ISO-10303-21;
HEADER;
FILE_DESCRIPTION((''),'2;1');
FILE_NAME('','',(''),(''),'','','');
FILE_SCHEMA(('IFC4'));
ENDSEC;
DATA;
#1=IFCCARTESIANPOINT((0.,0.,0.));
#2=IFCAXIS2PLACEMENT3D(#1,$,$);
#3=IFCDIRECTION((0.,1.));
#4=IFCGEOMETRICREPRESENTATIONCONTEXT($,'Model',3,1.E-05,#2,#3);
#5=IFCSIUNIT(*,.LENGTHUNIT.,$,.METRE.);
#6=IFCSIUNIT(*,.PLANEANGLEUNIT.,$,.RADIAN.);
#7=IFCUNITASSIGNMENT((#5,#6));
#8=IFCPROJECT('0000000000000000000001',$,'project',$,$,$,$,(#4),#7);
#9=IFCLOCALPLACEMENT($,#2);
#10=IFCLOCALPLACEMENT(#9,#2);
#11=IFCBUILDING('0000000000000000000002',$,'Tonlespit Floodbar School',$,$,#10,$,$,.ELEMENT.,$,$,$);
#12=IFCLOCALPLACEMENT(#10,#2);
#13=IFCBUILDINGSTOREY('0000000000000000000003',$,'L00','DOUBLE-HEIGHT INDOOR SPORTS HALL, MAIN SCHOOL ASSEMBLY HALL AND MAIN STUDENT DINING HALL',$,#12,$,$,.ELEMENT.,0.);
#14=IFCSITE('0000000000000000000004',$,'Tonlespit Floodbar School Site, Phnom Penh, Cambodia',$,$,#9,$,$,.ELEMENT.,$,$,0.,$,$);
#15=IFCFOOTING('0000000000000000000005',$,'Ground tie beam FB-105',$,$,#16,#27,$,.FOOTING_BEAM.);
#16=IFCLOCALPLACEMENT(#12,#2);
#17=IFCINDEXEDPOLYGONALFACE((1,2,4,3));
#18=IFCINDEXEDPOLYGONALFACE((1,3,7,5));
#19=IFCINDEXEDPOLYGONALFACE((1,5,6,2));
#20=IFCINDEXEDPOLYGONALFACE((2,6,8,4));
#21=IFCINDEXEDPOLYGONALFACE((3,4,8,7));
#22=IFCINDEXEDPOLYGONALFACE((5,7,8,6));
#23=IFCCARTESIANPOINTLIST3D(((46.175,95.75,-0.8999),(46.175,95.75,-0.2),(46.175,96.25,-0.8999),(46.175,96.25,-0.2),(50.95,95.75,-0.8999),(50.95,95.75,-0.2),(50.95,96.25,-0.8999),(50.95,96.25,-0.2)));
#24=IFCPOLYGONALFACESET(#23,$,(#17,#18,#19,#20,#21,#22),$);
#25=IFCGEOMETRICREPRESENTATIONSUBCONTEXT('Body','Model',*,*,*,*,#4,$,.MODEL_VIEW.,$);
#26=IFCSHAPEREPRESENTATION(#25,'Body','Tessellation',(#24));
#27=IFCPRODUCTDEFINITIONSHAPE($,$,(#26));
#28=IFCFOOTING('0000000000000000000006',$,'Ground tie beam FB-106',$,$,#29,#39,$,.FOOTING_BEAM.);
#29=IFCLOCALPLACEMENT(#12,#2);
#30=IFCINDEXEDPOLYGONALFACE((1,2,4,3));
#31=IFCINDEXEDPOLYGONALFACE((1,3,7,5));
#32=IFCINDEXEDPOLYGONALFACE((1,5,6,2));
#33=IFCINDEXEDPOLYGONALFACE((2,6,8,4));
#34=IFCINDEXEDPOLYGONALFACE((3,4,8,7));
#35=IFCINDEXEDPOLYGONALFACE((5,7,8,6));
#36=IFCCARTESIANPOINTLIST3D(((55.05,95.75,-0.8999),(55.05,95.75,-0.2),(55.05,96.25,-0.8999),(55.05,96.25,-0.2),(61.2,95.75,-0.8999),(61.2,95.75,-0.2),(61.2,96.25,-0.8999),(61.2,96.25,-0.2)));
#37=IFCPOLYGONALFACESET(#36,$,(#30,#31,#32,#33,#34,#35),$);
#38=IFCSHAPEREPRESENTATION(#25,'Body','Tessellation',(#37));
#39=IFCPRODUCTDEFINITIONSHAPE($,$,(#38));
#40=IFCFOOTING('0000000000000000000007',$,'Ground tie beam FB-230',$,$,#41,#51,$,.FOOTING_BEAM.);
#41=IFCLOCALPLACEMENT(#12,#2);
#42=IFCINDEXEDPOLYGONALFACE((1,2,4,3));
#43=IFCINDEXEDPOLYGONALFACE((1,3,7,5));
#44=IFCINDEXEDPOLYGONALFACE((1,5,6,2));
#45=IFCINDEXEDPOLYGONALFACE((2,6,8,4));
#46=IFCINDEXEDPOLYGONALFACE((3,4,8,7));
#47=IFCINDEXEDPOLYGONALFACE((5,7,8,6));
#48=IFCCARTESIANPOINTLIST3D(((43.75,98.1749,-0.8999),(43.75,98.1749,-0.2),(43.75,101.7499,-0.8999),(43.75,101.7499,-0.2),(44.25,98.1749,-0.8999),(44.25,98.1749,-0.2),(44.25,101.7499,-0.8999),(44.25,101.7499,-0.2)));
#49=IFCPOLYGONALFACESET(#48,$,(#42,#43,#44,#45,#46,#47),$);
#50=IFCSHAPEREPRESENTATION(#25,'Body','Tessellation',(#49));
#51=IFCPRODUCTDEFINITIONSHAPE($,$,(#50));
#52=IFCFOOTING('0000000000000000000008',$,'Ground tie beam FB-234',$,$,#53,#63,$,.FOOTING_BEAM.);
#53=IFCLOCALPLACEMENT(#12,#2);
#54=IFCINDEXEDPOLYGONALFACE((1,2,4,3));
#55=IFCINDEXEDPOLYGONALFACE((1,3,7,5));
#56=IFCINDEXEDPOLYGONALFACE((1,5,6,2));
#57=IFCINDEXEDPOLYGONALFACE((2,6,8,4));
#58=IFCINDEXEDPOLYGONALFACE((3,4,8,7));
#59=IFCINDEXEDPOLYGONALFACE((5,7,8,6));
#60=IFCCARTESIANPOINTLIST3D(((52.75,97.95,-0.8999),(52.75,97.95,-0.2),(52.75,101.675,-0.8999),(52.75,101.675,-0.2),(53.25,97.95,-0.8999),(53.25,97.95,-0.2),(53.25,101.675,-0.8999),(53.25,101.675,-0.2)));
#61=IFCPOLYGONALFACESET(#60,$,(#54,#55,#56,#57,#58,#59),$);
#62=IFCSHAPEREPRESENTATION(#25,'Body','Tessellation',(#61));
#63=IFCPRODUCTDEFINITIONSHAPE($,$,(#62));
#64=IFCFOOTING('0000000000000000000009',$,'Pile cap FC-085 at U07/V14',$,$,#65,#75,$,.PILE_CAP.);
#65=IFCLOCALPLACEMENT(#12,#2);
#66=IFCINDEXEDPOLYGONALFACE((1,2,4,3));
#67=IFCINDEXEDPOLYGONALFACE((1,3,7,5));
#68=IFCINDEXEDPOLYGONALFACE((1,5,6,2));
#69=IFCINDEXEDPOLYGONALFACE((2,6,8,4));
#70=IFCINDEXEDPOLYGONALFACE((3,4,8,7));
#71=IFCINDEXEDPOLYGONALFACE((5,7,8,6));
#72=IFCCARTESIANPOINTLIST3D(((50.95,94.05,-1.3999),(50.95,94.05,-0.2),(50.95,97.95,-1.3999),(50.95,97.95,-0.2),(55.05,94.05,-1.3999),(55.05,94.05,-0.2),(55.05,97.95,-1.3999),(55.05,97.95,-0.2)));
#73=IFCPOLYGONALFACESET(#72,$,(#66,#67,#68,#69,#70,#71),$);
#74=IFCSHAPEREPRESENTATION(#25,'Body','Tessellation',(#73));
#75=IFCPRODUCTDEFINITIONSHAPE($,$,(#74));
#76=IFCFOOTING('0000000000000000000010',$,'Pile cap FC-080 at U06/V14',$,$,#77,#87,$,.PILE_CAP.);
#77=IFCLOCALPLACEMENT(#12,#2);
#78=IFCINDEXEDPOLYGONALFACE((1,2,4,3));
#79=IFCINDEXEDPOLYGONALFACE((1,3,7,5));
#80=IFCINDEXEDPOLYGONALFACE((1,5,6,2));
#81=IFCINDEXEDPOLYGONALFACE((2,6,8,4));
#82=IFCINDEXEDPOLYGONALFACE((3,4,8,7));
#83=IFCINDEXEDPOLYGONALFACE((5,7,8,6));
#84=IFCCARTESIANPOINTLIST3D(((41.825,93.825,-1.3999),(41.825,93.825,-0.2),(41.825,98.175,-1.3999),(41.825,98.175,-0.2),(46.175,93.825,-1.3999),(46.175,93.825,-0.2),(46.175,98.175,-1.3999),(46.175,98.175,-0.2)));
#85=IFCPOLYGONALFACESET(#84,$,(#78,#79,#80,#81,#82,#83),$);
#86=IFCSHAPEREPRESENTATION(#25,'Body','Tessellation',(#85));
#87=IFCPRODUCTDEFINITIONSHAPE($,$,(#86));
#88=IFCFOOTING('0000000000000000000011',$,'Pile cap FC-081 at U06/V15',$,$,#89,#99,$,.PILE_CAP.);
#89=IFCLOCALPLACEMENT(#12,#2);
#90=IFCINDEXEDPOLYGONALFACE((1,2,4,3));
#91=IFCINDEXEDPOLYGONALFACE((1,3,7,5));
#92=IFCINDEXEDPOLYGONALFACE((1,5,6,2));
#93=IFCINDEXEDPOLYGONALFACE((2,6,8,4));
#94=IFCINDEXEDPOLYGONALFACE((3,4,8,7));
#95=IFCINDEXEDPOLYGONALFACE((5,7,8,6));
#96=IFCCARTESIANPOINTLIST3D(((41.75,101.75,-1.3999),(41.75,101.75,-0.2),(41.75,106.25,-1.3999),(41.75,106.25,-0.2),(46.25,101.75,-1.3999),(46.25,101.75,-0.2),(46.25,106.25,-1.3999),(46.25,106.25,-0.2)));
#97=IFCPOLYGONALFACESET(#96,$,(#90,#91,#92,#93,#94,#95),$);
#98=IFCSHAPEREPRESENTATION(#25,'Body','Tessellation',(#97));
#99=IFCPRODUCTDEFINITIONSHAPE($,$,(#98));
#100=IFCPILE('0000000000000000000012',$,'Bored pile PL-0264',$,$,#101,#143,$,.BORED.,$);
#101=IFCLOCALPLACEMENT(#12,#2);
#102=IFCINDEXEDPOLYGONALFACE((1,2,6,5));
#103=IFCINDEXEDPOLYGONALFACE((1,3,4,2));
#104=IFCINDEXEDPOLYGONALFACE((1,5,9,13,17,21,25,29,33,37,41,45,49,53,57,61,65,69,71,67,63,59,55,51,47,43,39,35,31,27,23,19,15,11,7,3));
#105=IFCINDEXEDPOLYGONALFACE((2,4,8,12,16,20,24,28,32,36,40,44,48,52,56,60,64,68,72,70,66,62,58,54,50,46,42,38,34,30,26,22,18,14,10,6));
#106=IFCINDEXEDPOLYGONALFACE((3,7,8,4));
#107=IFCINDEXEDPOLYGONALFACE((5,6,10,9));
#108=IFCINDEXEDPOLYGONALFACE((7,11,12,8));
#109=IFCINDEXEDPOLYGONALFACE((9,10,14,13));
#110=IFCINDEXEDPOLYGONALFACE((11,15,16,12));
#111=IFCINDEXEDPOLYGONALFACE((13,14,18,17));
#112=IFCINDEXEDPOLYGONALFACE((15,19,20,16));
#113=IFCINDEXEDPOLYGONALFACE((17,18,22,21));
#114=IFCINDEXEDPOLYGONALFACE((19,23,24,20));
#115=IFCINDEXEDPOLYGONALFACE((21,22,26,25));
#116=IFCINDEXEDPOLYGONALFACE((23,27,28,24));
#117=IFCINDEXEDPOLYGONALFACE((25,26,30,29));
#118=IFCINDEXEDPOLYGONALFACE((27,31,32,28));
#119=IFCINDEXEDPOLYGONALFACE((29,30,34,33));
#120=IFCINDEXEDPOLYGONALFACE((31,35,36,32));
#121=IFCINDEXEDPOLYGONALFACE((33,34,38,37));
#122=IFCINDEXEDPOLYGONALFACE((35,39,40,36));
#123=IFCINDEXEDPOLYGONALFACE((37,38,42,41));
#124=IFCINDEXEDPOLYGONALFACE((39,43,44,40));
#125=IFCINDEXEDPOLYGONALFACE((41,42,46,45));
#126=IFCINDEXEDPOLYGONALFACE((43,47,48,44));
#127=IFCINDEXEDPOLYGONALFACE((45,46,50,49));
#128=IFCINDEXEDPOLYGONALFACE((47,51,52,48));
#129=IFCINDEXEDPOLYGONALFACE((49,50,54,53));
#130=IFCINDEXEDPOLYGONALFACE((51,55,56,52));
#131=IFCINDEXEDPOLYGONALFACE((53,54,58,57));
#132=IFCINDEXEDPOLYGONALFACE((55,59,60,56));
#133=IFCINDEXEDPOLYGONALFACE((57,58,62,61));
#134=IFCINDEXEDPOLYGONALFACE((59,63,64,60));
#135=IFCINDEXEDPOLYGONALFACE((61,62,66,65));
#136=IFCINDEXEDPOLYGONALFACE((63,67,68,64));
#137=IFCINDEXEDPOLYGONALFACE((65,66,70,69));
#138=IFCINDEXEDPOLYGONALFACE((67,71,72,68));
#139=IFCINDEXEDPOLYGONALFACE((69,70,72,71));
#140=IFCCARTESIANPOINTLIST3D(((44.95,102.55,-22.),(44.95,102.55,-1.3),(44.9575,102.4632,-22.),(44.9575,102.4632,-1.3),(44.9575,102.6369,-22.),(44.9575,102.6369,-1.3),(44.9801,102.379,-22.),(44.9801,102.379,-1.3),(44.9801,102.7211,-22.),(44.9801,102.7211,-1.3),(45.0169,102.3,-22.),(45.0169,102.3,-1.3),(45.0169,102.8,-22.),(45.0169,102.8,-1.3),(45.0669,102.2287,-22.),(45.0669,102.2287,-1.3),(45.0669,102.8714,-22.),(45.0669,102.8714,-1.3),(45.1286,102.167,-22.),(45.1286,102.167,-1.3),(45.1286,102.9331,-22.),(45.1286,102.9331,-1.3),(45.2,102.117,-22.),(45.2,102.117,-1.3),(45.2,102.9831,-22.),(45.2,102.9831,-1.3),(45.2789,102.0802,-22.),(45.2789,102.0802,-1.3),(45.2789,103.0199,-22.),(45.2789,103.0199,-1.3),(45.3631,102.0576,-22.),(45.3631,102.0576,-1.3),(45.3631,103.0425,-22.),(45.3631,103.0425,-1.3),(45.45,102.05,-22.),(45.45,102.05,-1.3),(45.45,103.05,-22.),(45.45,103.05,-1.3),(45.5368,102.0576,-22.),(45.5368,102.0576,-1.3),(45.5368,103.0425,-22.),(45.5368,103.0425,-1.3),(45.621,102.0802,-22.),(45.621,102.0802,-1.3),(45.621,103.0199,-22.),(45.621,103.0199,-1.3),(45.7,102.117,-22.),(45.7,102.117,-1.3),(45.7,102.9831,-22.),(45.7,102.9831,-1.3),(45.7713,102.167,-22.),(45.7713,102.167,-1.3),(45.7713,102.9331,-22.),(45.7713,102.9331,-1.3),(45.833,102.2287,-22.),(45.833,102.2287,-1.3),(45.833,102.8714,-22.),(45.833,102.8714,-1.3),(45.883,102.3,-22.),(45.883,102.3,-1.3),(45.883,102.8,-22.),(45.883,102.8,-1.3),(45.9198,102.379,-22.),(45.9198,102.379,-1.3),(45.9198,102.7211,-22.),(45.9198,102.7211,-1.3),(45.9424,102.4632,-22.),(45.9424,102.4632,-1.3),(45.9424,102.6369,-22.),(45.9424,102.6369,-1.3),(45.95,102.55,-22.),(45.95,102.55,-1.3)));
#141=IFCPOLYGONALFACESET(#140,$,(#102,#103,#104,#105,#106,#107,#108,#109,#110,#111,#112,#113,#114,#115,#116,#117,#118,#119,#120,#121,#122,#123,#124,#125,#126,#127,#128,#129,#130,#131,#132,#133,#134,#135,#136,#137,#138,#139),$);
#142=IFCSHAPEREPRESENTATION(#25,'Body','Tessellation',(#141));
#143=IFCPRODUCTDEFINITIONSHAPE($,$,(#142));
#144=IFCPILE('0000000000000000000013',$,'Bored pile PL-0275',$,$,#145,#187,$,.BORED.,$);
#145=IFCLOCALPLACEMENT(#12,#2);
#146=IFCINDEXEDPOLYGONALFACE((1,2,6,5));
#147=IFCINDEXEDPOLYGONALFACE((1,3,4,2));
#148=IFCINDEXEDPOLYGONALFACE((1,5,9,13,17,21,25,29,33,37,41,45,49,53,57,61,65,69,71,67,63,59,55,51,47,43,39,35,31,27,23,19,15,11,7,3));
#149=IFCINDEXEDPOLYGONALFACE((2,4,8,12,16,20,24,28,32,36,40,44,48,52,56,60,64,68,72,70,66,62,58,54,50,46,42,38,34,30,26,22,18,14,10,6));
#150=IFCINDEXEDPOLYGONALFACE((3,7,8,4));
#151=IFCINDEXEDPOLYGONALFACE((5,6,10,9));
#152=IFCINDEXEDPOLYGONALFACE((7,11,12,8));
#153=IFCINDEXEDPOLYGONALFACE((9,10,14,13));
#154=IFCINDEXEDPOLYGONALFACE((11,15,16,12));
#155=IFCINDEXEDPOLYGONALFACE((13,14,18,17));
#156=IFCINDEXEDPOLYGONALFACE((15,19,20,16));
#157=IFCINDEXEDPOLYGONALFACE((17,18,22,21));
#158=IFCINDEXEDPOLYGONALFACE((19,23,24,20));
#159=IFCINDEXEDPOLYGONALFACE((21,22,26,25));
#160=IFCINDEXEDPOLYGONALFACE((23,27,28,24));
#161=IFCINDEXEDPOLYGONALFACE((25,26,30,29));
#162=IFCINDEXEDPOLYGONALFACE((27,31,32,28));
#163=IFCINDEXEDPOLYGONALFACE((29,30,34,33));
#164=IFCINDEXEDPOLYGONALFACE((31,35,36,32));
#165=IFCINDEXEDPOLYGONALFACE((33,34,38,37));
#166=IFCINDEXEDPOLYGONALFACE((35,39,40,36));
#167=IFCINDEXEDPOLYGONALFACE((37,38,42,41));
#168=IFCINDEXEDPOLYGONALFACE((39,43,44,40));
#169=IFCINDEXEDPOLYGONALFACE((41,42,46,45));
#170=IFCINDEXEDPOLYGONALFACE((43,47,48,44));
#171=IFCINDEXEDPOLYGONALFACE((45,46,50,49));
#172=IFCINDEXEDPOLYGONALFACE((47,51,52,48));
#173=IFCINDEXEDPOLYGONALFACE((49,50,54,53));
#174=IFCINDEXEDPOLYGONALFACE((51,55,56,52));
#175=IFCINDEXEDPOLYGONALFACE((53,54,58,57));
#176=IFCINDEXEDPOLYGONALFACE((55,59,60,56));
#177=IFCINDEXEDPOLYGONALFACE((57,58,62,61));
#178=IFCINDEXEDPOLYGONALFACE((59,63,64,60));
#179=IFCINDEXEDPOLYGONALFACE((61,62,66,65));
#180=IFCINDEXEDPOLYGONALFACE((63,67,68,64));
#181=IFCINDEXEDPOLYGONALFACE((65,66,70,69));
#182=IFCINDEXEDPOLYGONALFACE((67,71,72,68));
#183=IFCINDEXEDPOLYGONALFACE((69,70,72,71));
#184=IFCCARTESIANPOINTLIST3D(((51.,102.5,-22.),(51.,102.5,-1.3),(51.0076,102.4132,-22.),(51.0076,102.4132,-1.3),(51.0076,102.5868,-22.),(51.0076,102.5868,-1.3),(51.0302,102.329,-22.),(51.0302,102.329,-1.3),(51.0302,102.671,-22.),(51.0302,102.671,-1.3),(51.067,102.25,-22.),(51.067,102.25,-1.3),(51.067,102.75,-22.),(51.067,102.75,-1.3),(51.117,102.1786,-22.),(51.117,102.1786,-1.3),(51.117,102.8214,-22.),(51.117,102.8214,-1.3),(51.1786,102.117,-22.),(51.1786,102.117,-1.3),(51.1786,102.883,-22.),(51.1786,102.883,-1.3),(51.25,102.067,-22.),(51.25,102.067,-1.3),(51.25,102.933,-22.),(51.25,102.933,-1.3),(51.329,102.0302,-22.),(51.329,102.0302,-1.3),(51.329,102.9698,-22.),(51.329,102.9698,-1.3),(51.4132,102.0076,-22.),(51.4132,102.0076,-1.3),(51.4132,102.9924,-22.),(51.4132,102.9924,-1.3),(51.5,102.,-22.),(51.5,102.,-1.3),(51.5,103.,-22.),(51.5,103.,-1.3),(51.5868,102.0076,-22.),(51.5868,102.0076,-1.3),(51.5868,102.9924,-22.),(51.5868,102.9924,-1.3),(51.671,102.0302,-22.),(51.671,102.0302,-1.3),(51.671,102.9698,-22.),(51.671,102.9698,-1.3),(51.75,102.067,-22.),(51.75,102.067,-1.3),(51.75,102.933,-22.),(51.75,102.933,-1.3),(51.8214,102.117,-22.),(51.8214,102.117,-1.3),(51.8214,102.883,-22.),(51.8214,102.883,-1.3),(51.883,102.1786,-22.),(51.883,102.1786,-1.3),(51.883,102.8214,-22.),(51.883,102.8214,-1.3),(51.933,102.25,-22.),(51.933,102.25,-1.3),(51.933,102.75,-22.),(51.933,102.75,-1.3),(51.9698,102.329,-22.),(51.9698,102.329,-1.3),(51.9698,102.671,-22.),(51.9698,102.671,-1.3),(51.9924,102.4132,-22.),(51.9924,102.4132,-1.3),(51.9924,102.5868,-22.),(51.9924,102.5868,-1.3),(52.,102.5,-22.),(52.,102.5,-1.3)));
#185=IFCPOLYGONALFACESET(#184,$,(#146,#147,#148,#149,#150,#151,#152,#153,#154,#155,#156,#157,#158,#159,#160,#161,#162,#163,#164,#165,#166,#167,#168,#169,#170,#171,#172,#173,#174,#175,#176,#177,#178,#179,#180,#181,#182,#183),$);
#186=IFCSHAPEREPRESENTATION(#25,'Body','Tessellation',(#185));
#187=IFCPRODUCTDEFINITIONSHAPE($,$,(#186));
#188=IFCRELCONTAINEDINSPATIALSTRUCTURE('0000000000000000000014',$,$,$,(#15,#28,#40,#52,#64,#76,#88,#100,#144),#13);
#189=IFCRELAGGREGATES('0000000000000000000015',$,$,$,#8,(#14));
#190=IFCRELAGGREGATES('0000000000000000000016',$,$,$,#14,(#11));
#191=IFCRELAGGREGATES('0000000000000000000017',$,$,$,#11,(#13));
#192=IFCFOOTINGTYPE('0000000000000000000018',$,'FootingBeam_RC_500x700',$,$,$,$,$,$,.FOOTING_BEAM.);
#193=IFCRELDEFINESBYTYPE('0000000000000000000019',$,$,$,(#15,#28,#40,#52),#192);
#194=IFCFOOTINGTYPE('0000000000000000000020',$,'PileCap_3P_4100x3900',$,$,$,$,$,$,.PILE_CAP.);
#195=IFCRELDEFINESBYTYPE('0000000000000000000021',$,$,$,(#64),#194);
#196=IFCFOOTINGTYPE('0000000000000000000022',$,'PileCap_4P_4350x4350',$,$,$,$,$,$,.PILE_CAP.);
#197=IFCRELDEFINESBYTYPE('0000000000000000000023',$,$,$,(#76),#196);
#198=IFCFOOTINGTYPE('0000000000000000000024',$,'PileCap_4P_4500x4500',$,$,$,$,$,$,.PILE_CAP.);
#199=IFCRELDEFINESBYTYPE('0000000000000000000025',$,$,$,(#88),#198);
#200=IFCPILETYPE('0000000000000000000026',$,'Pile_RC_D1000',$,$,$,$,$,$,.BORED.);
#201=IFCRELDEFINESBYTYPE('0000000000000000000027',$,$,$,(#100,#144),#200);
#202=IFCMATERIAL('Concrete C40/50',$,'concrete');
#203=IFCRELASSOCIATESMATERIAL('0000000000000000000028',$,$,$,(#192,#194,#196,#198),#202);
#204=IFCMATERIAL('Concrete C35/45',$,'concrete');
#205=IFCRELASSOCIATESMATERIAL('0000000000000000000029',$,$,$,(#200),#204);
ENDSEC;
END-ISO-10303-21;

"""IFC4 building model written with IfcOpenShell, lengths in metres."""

from ifc_helpers import new_model, si_unit, direction, frame, origin, origin_2d, place, context, subcontext, project, spatial, rectangle, circle, extrude, material, material_profile, profile_set, type_object, element, save


model = new_model("IFC4")

# Units and contexts
model_context = context("Model", 3, precision=1e-05, world=origin(), true_north=direction((0.0, 1.0)))
body_context = subcontext(model_context, "Body", "Model", "MODEL_VIEW")
ifc_project = project(units=[si_unit("LENGTHUNIT", "METRE"), si_unit("PLANEANGLEUNIT", "RADIAN")], contexts=[model_context])

# Site, building, storey
site_placement = place(None, origin())
site = spatial("IfcSite", under=ifc_project, at=site_placement, Name="Tonlespit Floodbar School Site, Phnom Penh, Cambodia", CompositionType="ELEMENT", RefElevation=0.0)
building_placement = place(site_placement, origin())
building = spatial("IfcBuilding", under=site, at=building_placement, Name="Tonlespit Floodbar School", CompositionType="ELEMENT")
storey_placement = place(building_placement, origin())
storey = spatial("IfcBuildingStorey", under=building, at=storey_placement, Name="L00", Description="DOUBLE-HEIGHT INDOOR SPORTS HALL, MAIN SCHOOL ASSEMBLY HALL AND MAIN STUDENT DINING HALL", CompositionType="ELEMENT", Elevation=0.0)

# Footings
ifc_material_1 = material(Name="Concrete C40/50", Category="concrete")
footing_type_1 = type_object("IfcFootingType", Name="FootingBeam_RC_500x700", PredefinedType="FOOTING_BEAM", material=ifc_material_1)
footing_1_placement = place(storey_placement, frame((48.5625, 96.0, -0.8999), z_axis=(0.0, 0.0, 1.0), x_axis=(1.0, 0.0, 0.0)))
element("IfcFooting", 1, at=footing_1_placement, inside=storey, type_object=footing_type_1, Name="Ground tie beam FB-105", PredefinedType="FOOTING_BEAM", context=body_context, shape_type="SweptSolid", body=[
    extrude(rectangle(XDim=4.7749, YDim=0.5, at=origin_2d()), origin(), (0.0, 0.0, 1.0), 0.7),
])
footing_2_placement = place(storey_placement, frame((58.125, 96.0, -0.8999), z_axis=(0.0, 0.0, 1.0), x_axis=(1.0, 0.0, 0.0)))
element("IfcFooting", 2, at=footing_2_placement, inside=storey, type_object=footing_type_1, Name="Ground tie beam FB-106", PredefinedType="FOOTING_BEAM", context=body_context, shape_type="SweptSolid", body=[
    extrude(rectangle(XDim=6.1499, YDim=0.5, at=origin_2d()), origin(), (0.0, 0.0, 1.0), 0.7),
])
footing_3_placement = place(storey_placement, frame((44.0, 99.9624, -0.8999), z_axis=(0.0, 0.0, 1.0), x_axis=(0.0, 1.0, 0.0)))
element("IfcFooting", 3, at=footing_3_placement, inside=storey, type_object=footing_type_1, Name="Ground tie beam FB-230", PredefinedType="FOOTING_BEAM", context=body_context, shape_type="SweptSolid", body=[
    extrude(rectangle(XDim=3.575, YDim=0.5, at=origin_2d()), origin(), (0.0, 0.0, 1.0), 0.7),
])
footing_4_placement = place(storey_placement, frame((53.0, 99.8125, -0.8999), z_axis=(0.0, 0.0, 1.0), x_axis=(0.0, 1.0, 0.0)))
element("IfcFooting", 4, at=footing_4_placement, inside=storey, type_object=footing_type_1, Name="Ground tie beam FB-234", PredefinedType="FOOTING_BEAM", context=body_context, shape_type="SweptSolid", body=[
    extrude(rectangle(XDim=3.7251, YDim=0.5, at=origin_2d()), origin(), (0.0, 0.0, 1.0), 0.7),
])
footing_type_2 = type_object("IfcFootingType", Name="PileCap_3P_4100x3900", PredefinedType="PILE_CAP", material=ifc_material_1)
footing_5_placement = place(storey_placement, frame((53.0, 96.0, -1.3999), z_axis=(0.0, 0.0, 1.0), x_axis=(1.0, 0.0, 0.0)))
element("IfcFooting", 5, at=footing_5_placement, inside=storey, type_object=footing_type_2, Name="Pile cap FC-085 at U07/V14", PredefinedType="PILE_CAP", context=body_context, shape_type="SweptSolid", body=[
    extrude(rectangle(XDim=4.1001, YDim=3.8999, at=origin_2d()), origin(), (0.0, 0.0, 1.0), 1.2),
])
footing_type_3 = type_object("IfcFootingType", Name="PileCap_4P_4350x4350", PredefinedType="PILE_CAP", material=ifc_material_1)
footing_6_placement = place(storey_placement, frame((44.0, 96.0, -1.3999), z_axis=(0.0, 0.0, 1.0), x_axis=(1.0, 0.0, 0.0)))
element("IfcFooting", 6, at=footing_6_placement, inside=storey, type_object=footing_type_3, Name="Pile cap FC-080 at U06/V14", PredefinedType="PILE_CAP", context=body_context, shape_type="SweptSolid", body=[
    extrude(rectangle(XDim=4.3501, YDim=4.3501, at=origin_2d()), origin(), (0.0, 0.0, 1.0), 1.2),
])
footing_type_4 = type_object("IfcFootingType", Name="PileCap_4P_4500x4500", PredefinedType="PILE_CAP", material=ifc_material_1)
footing_7_placement = place(storey_placement, frame((44.0, 104.0, -1.3999), z_axis=(0.0, 0.0, 1.0), x_axis=(1.0, 0.0, 0.0)))
element("IfcFooting", 7, at=footing_7_placement, inside=storey, type_object=footing_type_4, Name="Pile cap FC-081 at U06/V15", PredefinedType="PILE_CAP", context=body_context, shape_type="SweptSolid", body=[
    extrude(rectangle(XDim=4.5, YDim=4.5, at=origin_2d()), origin(), (0.0, 0.0, 1.0), 1.2),
])

# Piles
ifc_material_2 = material(Name="Concrete C35/45", Category="concrete")
ifc_material_profile_1 = material_profile(ifc_material_2, circle(Radius=0.5, at=origin_2d()), Name="BP D1000")
ifc_profile_set_1 = profile_set([ifc_material_profile_1], Name="Concrete C35/45")
pile_type_1 = type_object("IfcPileType", Name="Pile_RC_D1000", PredefinedType="BORED", material=ifc_profile_set_1)
for number, where, z_axis, x_axis, name in (
    (8, (45.45, 102.55, -1.3), (0.0, 0.0, -1.0), (1.0, 0.0, 0.0), "Bored pile PL-0264"),
    (9, (51.5, 102.5, -1.3), (0.0, 0.0, -1.0), (1.0, 0.0, 0.0), "Bored pile PL-0275"),
):
    element("IfcPile", number, at=place(storey_placement, frame(where, z_axis=z_axis, x_axis=x_axis)), inside=storey, type_object=pile_type_1, Name=name, PredefinedType="BORED", context=body_context, shape_type="SweptSolid", body=[
        extrude(circle(Radius=0.5, at=origin_2d()), origin(), (0.0, 0.0, 1.0), 20.7),
    ])

save(model, "model.ifc")
